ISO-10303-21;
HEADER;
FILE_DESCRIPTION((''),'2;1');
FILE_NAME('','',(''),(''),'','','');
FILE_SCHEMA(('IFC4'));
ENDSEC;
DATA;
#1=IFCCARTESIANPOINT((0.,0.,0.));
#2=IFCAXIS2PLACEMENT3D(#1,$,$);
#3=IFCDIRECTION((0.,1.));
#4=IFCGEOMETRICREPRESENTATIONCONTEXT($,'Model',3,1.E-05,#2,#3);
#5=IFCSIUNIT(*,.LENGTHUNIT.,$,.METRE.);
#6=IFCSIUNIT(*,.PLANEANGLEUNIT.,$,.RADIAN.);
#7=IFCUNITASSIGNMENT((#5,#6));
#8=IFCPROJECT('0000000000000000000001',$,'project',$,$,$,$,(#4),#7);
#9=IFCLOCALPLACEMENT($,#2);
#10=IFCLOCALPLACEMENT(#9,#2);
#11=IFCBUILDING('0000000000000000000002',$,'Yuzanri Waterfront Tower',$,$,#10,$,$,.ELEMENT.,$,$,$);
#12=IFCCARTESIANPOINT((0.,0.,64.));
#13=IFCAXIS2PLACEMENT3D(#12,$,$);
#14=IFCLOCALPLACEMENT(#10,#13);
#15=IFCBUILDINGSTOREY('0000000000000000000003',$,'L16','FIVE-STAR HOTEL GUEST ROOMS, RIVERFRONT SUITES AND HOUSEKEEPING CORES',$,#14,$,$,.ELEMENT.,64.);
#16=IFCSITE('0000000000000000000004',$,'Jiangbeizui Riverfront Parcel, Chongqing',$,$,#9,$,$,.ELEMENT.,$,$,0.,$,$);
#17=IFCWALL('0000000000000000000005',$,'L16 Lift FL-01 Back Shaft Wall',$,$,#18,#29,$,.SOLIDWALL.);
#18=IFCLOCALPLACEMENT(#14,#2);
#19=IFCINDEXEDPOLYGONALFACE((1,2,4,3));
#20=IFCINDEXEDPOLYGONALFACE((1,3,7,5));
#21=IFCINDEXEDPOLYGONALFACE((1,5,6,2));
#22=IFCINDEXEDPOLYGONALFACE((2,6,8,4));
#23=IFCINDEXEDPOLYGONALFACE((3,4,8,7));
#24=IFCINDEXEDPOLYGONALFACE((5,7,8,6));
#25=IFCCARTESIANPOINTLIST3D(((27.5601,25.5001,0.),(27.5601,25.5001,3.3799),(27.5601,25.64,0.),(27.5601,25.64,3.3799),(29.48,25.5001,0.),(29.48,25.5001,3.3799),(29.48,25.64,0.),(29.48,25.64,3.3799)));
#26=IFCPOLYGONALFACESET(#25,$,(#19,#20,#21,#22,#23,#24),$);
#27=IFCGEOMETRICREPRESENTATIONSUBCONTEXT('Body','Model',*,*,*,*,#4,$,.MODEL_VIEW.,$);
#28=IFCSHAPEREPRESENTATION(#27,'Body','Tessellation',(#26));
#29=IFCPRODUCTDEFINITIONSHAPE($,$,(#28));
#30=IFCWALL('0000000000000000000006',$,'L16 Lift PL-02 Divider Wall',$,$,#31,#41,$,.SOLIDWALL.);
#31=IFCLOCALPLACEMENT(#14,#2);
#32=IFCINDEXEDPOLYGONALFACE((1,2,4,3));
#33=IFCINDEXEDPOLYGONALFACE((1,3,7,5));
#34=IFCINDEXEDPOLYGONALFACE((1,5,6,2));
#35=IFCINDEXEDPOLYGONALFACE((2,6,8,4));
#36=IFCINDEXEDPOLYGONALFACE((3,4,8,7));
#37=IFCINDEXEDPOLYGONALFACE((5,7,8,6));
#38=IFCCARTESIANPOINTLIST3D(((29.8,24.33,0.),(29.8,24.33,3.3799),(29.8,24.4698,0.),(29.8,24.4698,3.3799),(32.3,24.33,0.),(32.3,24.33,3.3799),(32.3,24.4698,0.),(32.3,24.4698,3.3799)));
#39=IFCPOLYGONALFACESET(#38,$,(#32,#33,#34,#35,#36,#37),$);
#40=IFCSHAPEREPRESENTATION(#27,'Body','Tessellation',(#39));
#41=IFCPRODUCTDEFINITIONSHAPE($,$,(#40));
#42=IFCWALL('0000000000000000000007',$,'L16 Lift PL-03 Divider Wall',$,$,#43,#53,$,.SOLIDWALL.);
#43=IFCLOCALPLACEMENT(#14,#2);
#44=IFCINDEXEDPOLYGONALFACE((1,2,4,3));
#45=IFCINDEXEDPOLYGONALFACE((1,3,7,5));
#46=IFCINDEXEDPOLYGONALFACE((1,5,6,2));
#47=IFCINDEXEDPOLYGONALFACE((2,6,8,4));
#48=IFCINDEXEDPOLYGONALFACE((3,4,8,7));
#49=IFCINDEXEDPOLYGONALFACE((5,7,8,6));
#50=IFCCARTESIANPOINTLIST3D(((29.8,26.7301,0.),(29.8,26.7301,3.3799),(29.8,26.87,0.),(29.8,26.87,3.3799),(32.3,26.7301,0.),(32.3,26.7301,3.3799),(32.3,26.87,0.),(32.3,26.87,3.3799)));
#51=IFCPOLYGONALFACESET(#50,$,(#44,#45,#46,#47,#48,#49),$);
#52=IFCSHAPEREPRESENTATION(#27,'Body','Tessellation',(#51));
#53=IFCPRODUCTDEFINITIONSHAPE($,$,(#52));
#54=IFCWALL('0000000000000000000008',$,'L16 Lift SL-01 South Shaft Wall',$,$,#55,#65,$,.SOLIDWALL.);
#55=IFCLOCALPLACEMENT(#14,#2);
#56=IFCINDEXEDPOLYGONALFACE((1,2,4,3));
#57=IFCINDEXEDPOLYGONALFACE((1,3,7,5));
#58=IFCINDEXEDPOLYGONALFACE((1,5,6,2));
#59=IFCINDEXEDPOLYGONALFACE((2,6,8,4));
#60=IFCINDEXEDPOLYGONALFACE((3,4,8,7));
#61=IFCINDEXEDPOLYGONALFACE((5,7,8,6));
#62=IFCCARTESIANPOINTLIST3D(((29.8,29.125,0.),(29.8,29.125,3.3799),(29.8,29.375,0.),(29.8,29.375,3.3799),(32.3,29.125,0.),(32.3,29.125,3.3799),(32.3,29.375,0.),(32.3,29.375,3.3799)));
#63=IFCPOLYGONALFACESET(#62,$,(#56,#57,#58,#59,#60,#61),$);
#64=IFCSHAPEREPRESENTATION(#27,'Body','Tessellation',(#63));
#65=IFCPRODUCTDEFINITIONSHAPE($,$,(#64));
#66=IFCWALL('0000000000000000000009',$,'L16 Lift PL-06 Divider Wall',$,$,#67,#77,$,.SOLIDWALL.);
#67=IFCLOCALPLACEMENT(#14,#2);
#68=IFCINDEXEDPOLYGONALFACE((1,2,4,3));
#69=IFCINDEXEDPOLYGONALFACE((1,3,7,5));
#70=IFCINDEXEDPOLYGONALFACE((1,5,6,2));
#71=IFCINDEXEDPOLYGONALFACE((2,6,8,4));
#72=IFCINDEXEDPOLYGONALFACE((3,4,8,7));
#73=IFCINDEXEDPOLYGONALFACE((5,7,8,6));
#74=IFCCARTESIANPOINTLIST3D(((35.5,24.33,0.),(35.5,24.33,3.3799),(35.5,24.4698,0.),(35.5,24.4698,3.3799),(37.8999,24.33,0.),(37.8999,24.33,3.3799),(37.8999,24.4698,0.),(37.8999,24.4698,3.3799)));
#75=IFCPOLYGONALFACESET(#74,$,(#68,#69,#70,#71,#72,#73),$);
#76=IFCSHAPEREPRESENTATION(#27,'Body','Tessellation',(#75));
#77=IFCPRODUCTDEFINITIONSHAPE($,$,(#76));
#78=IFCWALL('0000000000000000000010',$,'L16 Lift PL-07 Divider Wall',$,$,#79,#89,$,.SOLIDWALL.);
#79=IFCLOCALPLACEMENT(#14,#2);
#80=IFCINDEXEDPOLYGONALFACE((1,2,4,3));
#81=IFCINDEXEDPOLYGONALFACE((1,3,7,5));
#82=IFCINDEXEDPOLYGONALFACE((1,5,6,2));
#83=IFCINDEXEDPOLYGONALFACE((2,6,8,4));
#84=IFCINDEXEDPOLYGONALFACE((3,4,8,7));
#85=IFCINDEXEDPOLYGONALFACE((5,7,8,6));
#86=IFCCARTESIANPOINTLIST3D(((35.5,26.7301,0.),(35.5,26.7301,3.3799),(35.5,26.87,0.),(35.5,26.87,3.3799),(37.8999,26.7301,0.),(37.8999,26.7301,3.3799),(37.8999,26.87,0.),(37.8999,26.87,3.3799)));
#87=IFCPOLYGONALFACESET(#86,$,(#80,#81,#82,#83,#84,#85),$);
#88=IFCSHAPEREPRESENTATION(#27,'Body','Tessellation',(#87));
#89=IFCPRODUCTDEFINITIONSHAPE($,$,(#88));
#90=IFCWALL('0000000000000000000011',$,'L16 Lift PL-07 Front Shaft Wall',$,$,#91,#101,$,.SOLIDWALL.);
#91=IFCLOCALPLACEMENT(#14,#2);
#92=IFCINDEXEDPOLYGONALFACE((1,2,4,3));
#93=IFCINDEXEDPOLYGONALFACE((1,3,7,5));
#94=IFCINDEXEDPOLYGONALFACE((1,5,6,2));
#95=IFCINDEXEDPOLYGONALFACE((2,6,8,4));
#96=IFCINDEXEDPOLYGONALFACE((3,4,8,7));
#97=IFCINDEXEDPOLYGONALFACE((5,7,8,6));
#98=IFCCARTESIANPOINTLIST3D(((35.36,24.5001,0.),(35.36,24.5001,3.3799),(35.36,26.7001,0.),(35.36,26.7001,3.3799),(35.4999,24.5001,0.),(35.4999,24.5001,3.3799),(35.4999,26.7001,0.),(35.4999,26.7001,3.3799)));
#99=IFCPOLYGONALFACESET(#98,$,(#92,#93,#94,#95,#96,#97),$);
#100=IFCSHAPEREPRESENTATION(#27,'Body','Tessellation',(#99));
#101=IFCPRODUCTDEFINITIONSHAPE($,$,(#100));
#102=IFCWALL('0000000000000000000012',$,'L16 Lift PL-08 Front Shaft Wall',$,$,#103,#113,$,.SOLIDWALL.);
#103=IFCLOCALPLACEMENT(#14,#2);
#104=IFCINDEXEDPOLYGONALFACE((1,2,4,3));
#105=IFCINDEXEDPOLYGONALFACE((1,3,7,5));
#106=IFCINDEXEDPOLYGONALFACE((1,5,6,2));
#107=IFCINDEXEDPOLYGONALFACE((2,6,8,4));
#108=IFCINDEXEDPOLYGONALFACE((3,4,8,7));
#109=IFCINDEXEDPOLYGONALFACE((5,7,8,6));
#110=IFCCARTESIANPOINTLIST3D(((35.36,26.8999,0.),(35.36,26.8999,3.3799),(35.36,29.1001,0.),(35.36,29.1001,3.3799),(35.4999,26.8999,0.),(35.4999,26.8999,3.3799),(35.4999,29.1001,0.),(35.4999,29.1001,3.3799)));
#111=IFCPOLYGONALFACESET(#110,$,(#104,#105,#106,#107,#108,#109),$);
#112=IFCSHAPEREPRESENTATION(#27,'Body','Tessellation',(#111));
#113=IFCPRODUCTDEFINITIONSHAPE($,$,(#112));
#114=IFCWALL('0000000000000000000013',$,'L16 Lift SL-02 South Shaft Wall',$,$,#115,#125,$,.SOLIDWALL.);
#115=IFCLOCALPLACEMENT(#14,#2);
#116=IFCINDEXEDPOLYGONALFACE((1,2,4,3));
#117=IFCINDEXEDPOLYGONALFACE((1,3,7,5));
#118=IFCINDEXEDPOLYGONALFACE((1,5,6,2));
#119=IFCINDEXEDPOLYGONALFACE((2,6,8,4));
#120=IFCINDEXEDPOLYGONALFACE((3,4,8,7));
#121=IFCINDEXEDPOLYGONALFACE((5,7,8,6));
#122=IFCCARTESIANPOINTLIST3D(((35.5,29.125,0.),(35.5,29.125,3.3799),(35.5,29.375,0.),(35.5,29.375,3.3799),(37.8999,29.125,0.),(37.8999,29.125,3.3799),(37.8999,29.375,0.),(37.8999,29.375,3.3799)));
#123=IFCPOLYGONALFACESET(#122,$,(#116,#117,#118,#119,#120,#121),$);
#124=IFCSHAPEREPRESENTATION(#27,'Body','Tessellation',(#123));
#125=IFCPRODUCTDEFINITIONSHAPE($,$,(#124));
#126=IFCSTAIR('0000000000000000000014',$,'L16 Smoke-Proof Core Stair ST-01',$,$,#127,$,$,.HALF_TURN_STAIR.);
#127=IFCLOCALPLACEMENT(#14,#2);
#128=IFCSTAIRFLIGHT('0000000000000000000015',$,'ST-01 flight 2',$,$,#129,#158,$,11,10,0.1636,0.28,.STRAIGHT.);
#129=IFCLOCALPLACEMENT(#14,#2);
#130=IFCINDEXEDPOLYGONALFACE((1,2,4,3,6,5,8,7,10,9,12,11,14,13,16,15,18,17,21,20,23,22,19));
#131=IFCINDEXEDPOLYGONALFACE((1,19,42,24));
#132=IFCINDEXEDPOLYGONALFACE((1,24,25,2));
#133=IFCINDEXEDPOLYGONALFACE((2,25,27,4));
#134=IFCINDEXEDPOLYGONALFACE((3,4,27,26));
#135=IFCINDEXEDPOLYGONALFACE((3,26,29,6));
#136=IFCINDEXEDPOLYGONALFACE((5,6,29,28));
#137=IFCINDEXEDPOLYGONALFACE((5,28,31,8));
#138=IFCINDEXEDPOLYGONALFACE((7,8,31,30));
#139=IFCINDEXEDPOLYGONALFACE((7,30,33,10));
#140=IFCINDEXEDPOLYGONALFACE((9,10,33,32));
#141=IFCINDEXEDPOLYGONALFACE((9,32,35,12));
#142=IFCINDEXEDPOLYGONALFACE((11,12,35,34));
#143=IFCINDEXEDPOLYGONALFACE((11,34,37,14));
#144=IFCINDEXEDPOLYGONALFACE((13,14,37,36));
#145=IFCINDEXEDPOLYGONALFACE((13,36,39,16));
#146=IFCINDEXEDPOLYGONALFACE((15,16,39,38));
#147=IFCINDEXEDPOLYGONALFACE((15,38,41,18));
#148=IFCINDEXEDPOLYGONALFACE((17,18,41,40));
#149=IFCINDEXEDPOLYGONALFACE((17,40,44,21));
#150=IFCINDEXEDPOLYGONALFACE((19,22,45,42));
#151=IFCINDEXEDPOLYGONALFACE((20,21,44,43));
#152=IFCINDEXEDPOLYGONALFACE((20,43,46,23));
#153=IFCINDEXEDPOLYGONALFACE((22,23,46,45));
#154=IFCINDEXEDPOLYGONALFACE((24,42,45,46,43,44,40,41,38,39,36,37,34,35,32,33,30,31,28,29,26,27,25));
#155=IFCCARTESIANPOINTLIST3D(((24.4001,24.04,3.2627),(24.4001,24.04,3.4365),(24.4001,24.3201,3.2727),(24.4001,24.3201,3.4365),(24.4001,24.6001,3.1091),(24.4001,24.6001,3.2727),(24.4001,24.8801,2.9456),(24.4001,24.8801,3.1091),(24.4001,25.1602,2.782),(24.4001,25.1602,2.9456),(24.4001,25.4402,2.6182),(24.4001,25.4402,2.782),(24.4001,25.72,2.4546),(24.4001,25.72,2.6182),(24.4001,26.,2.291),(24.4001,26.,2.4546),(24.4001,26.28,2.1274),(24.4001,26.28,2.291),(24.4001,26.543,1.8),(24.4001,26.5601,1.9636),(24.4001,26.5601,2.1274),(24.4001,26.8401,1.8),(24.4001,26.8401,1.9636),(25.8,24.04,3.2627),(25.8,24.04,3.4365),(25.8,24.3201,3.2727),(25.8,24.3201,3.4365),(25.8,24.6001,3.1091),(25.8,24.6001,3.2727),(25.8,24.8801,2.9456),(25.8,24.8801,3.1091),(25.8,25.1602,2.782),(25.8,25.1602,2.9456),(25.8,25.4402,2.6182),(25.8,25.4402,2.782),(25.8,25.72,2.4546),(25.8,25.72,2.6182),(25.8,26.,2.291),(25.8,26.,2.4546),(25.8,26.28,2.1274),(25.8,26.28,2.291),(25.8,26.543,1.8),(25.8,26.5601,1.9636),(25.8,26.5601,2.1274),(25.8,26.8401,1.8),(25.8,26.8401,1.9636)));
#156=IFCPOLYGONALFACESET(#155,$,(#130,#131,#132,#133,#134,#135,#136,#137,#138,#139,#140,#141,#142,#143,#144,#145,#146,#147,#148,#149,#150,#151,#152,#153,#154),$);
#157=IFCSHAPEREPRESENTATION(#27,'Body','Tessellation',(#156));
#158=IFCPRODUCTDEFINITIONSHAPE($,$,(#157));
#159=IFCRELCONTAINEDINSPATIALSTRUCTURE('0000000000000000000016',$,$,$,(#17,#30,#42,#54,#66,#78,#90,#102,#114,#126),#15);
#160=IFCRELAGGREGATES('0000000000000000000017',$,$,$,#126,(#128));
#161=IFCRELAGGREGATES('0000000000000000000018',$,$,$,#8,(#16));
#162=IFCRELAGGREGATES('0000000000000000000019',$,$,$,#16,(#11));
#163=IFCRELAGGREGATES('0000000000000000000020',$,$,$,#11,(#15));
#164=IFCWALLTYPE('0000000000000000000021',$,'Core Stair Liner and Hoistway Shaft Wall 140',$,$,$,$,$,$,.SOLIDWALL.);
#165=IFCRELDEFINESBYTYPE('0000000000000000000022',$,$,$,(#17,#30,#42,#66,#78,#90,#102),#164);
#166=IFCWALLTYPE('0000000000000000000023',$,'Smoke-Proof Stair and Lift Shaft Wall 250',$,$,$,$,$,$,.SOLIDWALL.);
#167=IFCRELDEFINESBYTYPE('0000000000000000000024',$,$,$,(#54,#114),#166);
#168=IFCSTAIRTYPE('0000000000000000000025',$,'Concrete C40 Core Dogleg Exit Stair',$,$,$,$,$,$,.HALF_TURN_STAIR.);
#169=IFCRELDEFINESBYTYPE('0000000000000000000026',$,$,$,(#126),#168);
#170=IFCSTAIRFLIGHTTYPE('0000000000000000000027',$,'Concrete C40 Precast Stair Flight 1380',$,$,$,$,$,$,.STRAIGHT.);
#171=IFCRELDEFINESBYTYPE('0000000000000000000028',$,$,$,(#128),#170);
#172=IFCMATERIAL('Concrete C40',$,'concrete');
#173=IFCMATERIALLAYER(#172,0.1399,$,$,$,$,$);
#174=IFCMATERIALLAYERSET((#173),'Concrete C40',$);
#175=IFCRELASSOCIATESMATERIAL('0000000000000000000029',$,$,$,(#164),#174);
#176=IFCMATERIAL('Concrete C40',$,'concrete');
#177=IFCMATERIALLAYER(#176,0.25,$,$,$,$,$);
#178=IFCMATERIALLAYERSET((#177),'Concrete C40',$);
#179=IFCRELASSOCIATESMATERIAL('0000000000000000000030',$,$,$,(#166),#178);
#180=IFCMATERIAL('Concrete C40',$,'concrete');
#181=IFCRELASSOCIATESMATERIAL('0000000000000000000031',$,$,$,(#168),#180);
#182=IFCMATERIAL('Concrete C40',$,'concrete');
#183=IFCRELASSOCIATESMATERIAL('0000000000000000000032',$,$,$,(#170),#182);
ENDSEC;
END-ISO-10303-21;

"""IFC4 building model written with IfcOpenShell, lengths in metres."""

from ifc_helpers import new_model, si_unit, direction, frame, frame_2d, origin, place, context, subcontext, project, spatial, polyline, rectangle, outline, extrude, source, transform, mapped, material, layer, layer_set, type_object, element, aggregate, save


model = new_model("IFC4")

# Units and contexts
model_context = context("Model", 3, precision=1e-05, world=origin(), true_north=direction((0.0, 1.0)))
body_context = subcontext(model_context, "Body", "Model", "MODEL_VIEW")
ifc_project = project(units=[si_unit("LENGTHUNIT", "METRE"), si_unit("PLANEANGLEUNIT", "RADIAN")], contexts=[model_context])

# Site, building, storey
site_placement = place(None, origin())
site = spatial("IfcSite", under=ifc_project, at=site_placement, Name="Jiangbeizui Riverfront Parcel, Chongqing", CompositionType="ELEMENT", RefElevation=0.0)
building_placement = place(site_placement, origin())
building = spatial("IfcBuilding", under=site, at=building_placement, Name="Yuzanri Waterfront Tower", CompositionType="ELEMENT")
storey_placement = place(building_placement, frame((0.0, 0.0, 64.0)))
storey = spatial("IfcBuildingStorey", under=building, at=storey_placement, Name="L16", Description="FIVE-STAR HOTEL GUEST ROOMS, RIVERFRONT SUITES AND HOUSEKEEPING CORES", CompositionType="ELEMENT", Elevation=64.0)

# Shared definitions
ifc_material_1 = material(Name="Concrete C40", Category="concrete")
ifc_layer_1 = layer(ifc_material_1, 0.1399)
ifc_layer_set_1 = layer_set([ifc_layer_1], Name="Concrete C40")
wall_type_1 = type_object("IfcWallType", Name="Core Stair Liner and Hoistway Shaft Wall 140", PredefinedType="SOLIDWALL", material=ifc_layer_set_1)

# Walls
shared_shape_1 = source(origin(), body_context, "Body", "SweptSolid", [
    extrude(rectangle(XDim=1.9199, YDim=0.1399, at=frame_2d((0.96, 0.0))), origin(), (0.0, 0.0, 1.0), 3.3799),
])
wall_1_placement = place(storey_placement, frame((27.5601, 25.5701, 0.0), z_axis=(0.0, 0.0, 1.0), x_axis=(1.0, 0.0, 0.0)))
element("IfcWall", 1, at=wall_1_placement, inside=storey, type_object=wall_type_1, Name="L16 Lift FL-01 Back Shaft Wall", PredefinedType="SOLIDWALL", context=body_context, shape_type="MappedRepresentation", body=[
    mapped(shared_shape_1, transform((0.0, 0.0, 0.0), scale=1.0)),
])
shared_shape_2 = source(origin(), body_context, "Body", "SweptSolid", [
    extrude(rectangle(XDim=2.5, YDim=0.1399, at=frame_2d((1.25, 0.0))), origin(), (0.0, 0.0, 1.0), 3.3799),
])
for number, where, z_axis, x_axis, name in (
    (2, (29.8, 24.3999, 0.0), (0.0, 0.0, 1.0), (1.0, 0.0, 0.0), "L16 Lift PL-02 Divider Wall"),
    (3, (29.8, 26.8, 0.0), (0.0, 0.0, 1.0), (1.0, 0.0, 0.0), "L16 Lift PL-03 Divider Wall"),
):
    element("IfcWall", number, at=place(storey_placement, frame(where, z_axis=z_axis, x_axis=x_axis)), inside=storey, type_object=wall_type_1, Name=name, PredefinedType="SOLIDWALL", context=body_context, shape_type="MappedRepresentation", body=[
        mapped(shared_shape_2, transform((0.0, 0.0, 0.0), scale=1.0)),
    ])
ifc_material_2 = material(Name="Concrete C40", Category="concrete")
ifc_layer_2 = layer(ifc_material_2, 0.25)
ifc_layer_set_2 = layer_set([ifc_layer_2], Name="Concrete C40")
wall_type_2 = type_object("IfcWallType", Name="Smoke-Proof Stair and Lift Shaft Wall 250", PredefinedType="SOLIDWALL", material=ifc_layer_set_2)
shared_shape_3 = source(origin(), body_context, "Body", "SweptSolid", [
    extrude(rectangle(XDim=2.5, YDim=0.25, at=frame_2d((1.25, 0.0))), origin(), (0.0, 0.0, 1.0), 3.3799),
])
wall_2_placement = place(storey_placement, frame((29.8, 29.25, 0.0), z_axis=(0.0, 0.0, 1.0), x_axis=(1.0, 0.0, 0.0)))
element("IfcWall", 4, at=wall_2_placement, inside=storey, type_object=wall_type_2, Name="L16 Lift SL-01 South Shaft Wall", PredefinedType="SOLIDWALL", context=body_context, shape_type="MappedRepresentation", body=[
    mapped(shared_shape_3, transform((0.0, 0.0, 0.0), scale=1.0)),
])
shared_shape_4 = source(origin(), body_context, "Body", "SweptSolid", [
    extrude(rectangle(XDim=2.3999, YDim=0.1399, at=frame_2d((1.2, 0.0))), origin(), (0.0, 0.0, 1.0), 3.3799),
])
for number, where, z_axis, x_axis, name in (
    (5, (35.5, 24.3999, 0.0), (0.0, 0.0, 1.0), (1.0, 0.0, 0.0), "L16 Lift PL-06 Divider Wall"),
    (6, (35.5, 26.8, 0.0), (0.0, 0.0, 1.0), (1.0, 0.0, 0.0), "L16 Lift PL-07 Divider Wall"),
):
    element("IfcWall", number, at=place(storey_placement, frame(where, z_axis=z_axis, x_axis=x_axis)), inside=storey, type_object=wall_type_1, Name=name, PredefinedType="SOLIDWALL", context=body_context, shape_type="MappedRepresentation", body=[
        mapped(shared_shape_4, transform((0.0, 0.0, 0.0), scale=1.0)),
    ])
shared_shape_5 = source(origin(), body_context, "Body", "SweptSolid", [
    extrude(rectangle(XDim=2.2, YDim=0.1399, at=frame_2d((1.1001, 0.0))), origin(), (0.0, 0.0, 1.0), 3.3799),
])
wall_3_placement = place(storey_placement, frame((35.4299, 24.5, 0.0), z_axis=(0.0, 0.0, 1.0), x_axis=(0.0, 1.0, 0.0)))
element("IfcWall", 7, at=wall_3_placement, inside=storey, type_object=wall_type_1, Name="L16 Lift PL-07 Front Shaft Wall", PredefinedType="SOLIDWALL", context=body_context, shape_type="MappedRepresentation", body=[
    mapped(shared_shape_5, transform((0.0, 0.0, 0.0), scale=1.0)),
])
shared_shape_6 = source(origin(), body_context, "Body", "SweptSolid", [
    extrude(rectangle(XDim=2.2002, YDim=0.1399, at=frame_2d((1.1001, 0.0))), origin(), (0.0, 0.0, 1.0), 3.3799),
])
wall_4_placement = place(storey_placement, frame((35.4299, 26.8999, 0.0), z_axis=(0.0, 0.0, 1.0), x_axis=(0.0, 1.0, 0.0)))
element("IfcWall", 8, at=wall_4_placement, inside=storey, type_object=wall_type_1, Name="L16 Lift PL-08 Front Shaft Wall", PredefinedType="SOLIDWALL", context=body_context, shape_type="MappedRepresentation", body=[
    mapped(shared_shape_6, transform((0.0, 0.0, 0.0), scale=1.0)),
])
shared_shape_7 = source(origin(), body_context, "Body", "SweptSolid", [
    extrude(rectangle(XDim=2.3999, YDim=0.25, at=frame_2d((1.2, 0.0))), origin(), (0.0, 0.0, 1.0), 3.3799),
])
wall_5_placement = place(storey_placement, frame((35.5, 29.25, 0.0), z_axis=(0.0, 0.0, 1.0), x_axis=(1.0, 0.0, 0.0)))
element("IfcWall", 9, at=wall_5_placement, inside=storey, type_object=wall_type_2, Name="L16 Lift SL-02 South Shaft Wall", PredefinedType="SOLIDWALL", context=body_context, shape_type="MappedRepresentation", body=[
    mapped(shared_shape_7, transform((0.0, 0.0, 0.0), scale=1.0)),
])

# Stair, stair flight
ifc_material_3 = material(Name="Concrete C40", Category="concrete")
stair_type = type_object("IfcStairType", Name="Concrete C40 Core Dogleg Exit Stair", PredefinedType="HALF_TURN_STAIR", material=ifc_material_3)
stair_placement = place(storey_placement, origin())
stair = element("IfcStair", 10, at=stair_placement, inside=storey, type_object=stair_type, Name="L16 Smoke-Proof Core Stair ST-01", PredefinedType="HALF_TURN_STAIR")
ifc_material_4 = material(Name="Concrete C40", Category="concrete")
stair_flight_type = type_object("IfcStairFlightType", Name="Concrete C40 Precast Stair Flight 1380", PredefinedType="STRAIGHT", material=ifc_material_4)
shared_shape_8 = source(origin(), body_context, "Body", "SweptSolid", [
    extrude(outline(polyline([(0.0, 0.0), (0.0, 0.1636), (0.28, 0.1636), (0.28, 0.3274), (0.5601, 0.3274), (0.5601, 0.491), (0.8401, 0.491), (0.8401, 0.6545), (1.1201, 0.6545), (1.1201, 0.8181), (1.3999, 0.8181), (1.3999, 0.9819), (1.6799, 0.9819), (1.6799, 1.1455), (1.96, 1.1455), (1.96, 1.3091), (2.24, 1.3091), (2.24, 1.4727), (2.52, 1.4727), (2.52, 1.6365), (2.8, 1.6365), (2.8, 1.8), (2.8, 1.4626), (0.2971, 0.0), (0.0, 0.0)])), frame((0.0, 0.7, 0.0), z_axis=(0.0, -1.0, 0.0), x_axis=(1.0, 0.0, 0.0)), (0.0, 0.0, 1.0), 1.3999),
])
stair_flight_placement = place(storey_placement, frame((25.1001, 26.8401, 1.8), z_axis=(0.0, 0.0, 1.0), x_axis=(0.0, -1.0, 0.0)))
stair_flight = element("IfcStairFlight", 11, at=stair_flight_placement, type_object=stair_flight_type, Name="ST-01 flight 2", NumberOfRisers=11, NumberOfTreads=10, PredefinedType="STRAIGHT", RiserHeight=0.1636, TreadLength=0.28, context=body_context, shape_type="MappedRepresentation", body=[
    mapped(shared_shape_8, transform((0.0, 0.0, 0.0), scale=1.0)),
])
aggregate(stair, [stair_flight])

save(model, "model.ifc")
